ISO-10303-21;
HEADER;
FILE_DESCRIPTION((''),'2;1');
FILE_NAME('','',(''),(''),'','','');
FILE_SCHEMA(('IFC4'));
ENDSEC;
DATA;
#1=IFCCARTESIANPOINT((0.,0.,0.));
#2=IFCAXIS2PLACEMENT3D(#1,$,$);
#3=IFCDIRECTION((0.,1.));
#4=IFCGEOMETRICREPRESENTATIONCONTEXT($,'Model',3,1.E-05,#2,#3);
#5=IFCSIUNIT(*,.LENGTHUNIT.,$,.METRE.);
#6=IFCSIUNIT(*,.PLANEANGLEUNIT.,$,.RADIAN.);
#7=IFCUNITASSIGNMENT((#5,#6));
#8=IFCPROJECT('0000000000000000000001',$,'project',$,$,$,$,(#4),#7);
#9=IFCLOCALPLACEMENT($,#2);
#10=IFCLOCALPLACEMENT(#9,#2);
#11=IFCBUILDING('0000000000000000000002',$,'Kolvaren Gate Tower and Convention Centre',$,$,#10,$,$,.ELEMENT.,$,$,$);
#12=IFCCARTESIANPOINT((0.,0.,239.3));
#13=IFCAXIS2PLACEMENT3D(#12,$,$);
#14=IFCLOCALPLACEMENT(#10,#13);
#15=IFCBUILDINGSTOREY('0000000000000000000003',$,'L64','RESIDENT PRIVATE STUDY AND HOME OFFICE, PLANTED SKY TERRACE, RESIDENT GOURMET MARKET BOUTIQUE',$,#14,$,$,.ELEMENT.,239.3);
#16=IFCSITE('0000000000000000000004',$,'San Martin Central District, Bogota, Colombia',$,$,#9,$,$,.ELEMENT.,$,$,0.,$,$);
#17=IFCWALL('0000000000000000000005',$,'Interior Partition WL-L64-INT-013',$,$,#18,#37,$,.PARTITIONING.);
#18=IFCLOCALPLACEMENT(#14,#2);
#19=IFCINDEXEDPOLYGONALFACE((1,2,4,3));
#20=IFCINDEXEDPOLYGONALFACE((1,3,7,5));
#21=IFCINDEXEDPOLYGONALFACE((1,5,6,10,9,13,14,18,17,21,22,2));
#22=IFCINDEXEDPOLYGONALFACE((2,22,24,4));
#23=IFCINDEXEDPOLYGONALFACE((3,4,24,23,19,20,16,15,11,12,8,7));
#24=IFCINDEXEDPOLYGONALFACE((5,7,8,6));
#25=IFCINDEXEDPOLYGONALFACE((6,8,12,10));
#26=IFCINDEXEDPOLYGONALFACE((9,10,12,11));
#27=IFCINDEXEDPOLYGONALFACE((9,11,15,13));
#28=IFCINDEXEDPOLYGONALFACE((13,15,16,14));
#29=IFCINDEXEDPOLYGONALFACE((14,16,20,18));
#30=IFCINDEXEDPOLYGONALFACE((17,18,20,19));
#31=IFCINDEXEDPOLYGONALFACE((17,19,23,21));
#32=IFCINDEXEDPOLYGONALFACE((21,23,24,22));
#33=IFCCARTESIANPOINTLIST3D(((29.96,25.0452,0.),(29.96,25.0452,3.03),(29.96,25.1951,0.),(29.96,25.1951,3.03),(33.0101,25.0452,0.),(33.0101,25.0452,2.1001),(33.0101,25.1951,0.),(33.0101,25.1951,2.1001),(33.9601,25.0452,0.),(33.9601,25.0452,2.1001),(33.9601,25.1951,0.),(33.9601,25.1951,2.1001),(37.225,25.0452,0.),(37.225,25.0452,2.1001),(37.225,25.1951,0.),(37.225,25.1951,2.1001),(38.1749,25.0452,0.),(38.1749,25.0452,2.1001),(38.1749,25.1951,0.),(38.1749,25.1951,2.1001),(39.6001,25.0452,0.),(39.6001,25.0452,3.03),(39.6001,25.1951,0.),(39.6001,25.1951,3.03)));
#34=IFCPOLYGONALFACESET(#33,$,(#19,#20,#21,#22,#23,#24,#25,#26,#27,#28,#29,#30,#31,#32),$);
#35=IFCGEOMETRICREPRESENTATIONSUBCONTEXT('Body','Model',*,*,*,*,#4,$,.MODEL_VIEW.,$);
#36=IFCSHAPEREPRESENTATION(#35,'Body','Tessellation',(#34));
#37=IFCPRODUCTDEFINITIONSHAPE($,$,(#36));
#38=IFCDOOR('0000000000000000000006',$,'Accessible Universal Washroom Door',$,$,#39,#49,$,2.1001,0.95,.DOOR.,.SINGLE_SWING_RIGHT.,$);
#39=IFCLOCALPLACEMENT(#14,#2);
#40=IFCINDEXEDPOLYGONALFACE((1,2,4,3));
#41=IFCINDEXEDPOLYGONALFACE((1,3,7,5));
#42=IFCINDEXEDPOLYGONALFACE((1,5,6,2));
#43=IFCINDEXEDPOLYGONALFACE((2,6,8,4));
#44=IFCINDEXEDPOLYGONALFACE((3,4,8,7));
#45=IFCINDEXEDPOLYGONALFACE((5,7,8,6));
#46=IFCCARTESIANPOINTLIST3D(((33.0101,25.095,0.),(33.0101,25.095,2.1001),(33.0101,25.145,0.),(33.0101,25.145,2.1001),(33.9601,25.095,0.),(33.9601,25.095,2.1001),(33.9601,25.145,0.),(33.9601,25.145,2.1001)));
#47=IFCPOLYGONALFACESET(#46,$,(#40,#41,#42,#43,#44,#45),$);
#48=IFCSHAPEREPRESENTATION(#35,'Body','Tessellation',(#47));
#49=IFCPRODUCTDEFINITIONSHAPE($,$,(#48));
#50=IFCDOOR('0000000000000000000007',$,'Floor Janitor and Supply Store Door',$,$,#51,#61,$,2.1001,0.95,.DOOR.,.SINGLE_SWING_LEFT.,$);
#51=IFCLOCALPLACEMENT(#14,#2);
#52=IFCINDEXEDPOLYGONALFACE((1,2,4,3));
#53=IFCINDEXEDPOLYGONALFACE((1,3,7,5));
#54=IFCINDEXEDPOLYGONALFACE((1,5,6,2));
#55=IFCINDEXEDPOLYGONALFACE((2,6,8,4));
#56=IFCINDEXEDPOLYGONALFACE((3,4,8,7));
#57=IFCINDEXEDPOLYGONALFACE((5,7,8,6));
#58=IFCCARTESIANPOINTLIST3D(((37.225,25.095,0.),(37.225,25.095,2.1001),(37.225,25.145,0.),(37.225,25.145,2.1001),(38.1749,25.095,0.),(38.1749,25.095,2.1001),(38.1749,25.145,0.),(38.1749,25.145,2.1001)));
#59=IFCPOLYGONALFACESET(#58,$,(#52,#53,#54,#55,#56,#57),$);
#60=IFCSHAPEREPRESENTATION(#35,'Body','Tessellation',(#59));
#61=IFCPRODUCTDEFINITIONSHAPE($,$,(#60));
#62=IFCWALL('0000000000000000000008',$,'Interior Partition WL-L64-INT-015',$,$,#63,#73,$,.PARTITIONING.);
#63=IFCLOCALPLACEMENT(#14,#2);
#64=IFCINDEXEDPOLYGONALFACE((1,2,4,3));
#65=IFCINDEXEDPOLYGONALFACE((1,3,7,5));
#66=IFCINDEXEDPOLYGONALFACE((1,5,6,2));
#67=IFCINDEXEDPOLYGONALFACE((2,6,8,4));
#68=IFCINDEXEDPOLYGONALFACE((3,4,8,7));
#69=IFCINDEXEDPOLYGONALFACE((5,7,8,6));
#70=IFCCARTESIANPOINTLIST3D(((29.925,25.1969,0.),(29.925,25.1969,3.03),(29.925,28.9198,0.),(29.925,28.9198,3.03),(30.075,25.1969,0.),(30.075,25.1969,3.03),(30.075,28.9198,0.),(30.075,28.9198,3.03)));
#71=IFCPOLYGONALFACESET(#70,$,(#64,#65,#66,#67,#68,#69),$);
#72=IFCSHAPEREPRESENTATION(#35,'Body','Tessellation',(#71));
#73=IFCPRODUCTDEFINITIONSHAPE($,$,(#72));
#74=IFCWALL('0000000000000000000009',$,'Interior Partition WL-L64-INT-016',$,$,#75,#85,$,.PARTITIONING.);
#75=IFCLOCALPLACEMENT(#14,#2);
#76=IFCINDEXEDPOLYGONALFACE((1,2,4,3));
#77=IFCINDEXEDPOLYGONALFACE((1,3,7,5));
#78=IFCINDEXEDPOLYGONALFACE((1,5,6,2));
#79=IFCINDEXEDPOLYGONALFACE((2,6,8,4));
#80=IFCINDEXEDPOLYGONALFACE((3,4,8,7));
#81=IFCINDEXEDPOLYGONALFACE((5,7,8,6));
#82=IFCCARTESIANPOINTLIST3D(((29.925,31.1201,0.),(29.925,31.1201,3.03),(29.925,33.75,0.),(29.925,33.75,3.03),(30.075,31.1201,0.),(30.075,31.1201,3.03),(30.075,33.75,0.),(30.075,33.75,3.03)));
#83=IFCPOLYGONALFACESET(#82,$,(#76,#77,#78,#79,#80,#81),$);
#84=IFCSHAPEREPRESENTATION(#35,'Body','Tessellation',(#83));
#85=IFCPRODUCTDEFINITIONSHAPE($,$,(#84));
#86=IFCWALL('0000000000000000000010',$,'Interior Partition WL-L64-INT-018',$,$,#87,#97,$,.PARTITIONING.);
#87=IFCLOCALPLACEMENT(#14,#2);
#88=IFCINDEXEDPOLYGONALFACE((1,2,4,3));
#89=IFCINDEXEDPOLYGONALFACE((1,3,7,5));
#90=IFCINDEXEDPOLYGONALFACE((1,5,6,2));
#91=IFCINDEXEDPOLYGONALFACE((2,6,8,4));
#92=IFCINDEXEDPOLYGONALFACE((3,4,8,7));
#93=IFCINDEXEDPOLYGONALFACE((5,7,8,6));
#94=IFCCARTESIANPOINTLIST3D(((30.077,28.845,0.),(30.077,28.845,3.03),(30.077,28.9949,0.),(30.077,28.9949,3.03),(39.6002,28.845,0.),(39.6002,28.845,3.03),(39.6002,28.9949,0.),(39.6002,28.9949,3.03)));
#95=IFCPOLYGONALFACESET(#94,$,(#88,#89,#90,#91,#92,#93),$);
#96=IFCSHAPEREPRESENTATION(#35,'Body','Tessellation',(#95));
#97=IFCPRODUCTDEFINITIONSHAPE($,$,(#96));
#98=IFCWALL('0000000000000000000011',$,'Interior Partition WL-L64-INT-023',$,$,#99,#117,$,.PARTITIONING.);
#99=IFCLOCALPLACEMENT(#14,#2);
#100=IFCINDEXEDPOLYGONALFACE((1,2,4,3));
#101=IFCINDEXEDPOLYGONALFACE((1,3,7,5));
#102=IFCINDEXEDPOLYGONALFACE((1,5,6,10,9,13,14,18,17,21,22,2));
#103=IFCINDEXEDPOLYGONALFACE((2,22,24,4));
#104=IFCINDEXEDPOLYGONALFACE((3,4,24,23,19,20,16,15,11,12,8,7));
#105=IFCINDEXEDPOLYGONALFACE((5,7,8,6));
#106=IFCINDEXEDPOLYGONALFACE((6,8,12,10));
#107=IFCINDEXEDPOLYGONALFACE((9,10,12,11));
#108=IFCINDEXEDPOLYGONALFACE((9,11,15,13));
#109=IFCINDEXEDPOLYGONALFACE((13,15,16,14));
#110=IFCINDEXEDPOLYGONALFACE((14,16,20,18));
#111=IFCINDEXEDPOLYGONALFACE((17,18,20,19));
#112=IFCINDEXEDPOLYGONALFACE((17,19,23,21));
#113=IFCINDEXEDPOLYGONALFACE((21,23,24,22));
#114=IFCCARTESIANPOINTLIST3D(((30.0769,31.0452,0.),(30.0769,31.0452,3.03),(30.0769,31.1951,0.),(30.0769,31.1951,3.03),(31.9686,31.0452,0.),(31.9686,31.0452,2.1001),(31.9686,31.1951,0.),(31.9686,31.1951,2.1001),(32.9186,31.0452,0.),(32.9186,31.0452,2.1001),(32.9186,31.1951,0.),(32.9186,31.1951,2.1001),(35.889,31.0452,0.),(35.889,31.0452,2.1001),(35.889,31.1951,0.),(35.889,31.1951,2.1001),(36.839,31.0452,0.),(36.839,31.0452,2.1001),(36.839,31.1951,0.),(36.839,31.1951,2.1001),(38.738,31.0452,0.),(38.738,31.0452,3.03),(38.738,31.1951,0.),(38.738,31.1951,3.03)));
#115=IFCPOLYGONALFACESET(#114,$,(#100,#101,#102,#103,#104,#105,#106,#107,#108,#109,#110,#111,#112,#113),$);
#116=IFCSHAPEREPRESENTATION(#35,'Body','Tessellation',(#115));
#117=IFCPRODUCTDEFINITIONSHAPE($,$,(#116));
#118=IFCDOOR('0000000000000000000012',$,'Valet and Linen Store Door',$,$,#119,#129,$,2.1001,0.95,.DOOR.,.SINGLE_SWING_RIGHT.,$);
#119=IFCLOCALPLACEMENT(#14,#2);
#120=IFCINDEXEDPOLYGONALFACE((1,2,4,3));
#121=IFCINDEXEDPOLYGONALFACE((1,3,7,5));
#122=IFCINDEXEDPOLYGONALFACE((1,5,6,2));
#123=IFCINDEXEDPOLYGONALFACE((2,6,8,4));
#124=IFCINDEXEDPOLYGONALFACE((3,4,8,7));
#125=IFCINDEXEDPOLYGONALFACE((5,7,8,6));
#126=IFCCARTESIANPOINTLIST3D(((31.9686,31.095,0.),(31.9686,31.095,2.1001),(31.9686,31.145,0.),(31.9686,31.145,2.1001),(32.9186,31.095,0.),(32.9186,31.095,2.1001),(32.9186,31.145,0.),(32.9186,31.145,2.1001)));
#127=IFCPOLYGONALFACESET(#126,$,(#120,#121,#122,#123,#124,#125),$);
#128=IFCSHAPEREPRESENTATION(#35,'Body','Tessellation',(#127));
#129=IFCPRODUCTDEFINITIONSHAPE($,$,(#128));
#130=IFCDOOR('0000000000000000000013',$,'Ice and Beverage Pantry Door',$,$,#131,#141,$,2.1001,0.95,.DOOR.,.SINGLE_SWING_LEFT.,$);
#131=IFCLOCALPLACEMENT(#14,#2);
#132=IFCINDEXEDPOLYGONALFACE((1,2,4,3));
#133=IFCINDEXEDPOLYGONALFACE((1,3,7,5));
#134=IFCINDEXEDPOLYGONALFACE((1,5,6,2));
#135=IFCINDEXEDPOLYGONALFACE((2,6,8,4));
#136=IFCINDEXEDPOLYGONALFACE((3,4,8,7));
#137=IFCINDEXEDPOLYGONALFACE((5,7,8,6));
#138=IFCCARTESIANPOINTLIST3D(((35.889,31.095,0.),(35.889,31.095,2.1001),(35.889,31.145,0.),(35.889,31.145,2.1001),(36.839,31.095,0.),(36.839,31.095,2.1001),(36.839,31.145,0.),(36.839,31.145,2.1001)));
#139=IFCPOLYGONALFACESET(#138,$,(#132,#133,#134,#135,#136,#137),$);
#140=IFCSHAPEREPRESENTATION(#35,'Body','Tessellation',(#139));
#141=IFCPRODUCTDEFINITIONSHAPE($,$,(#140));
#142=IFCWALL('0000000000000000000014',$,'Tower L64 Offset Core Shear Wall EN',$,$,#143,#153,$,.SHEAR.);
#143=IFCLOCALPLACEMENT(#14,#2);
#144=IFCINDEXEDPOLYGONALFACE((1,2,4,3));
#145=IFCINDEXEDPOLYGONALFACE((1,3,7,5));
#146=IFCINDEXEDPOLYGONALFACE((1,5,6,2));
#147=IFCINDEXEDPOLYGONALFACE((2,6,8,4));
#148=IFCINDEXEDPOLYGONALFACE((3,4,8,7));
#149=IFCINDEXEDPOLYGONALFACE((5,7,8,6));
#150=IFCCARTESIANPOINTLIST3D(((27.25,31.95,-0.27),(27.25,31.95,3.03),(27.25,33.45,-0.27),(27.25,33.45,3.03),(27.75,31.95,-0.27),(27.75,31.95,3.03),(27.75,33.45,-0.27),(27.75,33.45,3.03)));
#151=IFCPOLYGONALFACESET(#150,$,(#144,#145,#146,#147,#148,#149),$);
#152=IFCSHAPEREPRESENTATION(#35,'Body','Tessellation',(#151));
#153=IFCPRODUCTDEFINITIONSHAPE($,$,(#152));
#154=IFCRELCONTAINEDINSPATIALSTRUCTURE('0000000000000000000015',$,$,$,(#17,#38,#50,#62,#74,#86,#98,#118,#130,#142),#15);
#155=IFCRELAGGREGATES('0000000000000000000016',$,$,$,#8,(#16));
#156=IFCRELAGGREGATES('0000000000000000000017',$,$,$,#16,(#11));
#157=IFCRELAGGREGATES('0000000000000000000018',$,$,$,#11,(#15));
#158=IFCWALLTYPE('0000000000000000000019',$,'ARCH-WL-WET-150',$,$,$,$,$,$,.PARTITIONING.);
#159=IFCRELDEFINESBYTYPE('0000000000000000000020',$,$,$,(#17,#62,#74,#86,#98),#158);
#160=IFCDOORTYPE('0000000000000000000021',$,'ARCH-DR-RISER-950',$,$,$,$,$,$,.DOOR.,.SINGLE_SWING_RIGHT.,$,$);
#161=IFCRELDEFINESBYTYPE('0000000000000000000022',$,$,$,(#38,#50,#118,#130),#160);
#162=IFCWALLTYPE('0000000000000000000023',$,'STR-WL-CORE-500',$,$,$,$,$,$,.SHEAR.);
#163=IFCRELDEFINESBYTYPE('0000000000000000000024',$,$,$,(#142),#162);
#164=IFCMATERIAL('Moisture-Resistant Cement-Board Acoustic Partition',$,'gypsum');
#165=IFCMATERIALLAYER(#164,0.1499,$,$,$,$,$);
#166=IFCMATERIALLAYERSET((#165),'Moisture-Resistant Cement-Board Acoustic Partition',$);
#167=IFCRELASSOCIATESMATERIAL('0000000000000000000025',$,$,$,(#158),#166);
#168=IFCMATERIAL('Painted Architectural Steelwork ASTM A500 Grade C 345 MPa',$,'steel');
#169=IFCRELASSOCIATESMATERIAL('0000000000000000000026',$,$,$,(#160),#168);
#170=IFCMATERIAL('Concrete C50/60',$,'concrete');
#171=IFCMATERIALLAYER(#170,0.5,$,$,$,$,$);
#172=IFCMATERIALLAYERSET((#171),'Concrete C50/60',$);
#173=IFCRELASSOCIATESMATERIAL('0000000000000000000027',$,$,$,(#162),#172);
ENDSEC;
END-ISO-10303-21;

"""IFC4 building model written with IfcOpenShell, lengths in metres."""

from ifc_helpers import new_model, si_unit, direction, frame, frame_2d, origin, place, context, subcontext, project, spatial, rectangle, extrude, material, layer, layer_set, type_object, element, fill, save


model = new_model("IFC4")

# Units and contexts
model_context = context("Model", 3, precision=1e-05, world=origin(), true_north=direction((0.0, 1.0)))
body_context = subcontext(model_context, "Body", "Model", "MODEL_VIEW")
ifc_project = project(units=[si_unit("LENGTHUNIT", "METRE"), si_unit("PLANEANGLEUNIT", "RADIAN")], contexts=[model_context])

# Site, building, storey
site_placement = place(None, origin())
site = spatial("IfcSite", under=ifc_project, at=site_placement, Name="San Martin Central District, Bogota, Colombia", CompositionType="ELEMENT", RefElevation=0.0)
building_placement = place(site_placement, origin())
building = spatial("IfcBuilding", under=site, at=building_placement, Name="Kolvaren Gate Tower and Convention Centre", CompositionType="ELEMENT")
storey_placement = place(building_placement, frame((0.0, 0.0, 239.3)))
storey = spatial("IfcBuildingStorey", under=building, at=storey_placement, Name="L64", Description="RESIDENT PRIVATE STUDY AND HOME OFFICE, PLANTED SKY TERRACE, RESIDENT GOURMET MARKET BOUTIQUE", CompositionType="ELEMENT", Elevation=239.3)

# Wall, openings, doors
ifc_material_1 = material(Name="Moisture-Resistant Cement-Board Acoustic Partition", Category="gypsum")
ifc_layer_1 = layer(ifc_material_1, 0.1499)
ifc_layer_set_1 = layer_set([ifc_layer_1], Name="Moisture-Resistant Cement-Board Acoustic Partition")
wall_type_1 = type_object("IfcWallType", Name="ARCH-WL-WET-150", PredefinedType="PARTITIONING", material=ifc_layer_set_1)
wall_1_placement = place(storey_placement, frame((29.96, 25.1201, 0.0), z_axis=(0.0, 0.0, 1.0), x_axis=(1.0, 0.0, 0.0)))
wall_1 = element("IfcWall", 1, at=wall_1_placement, inside=storey, type_object=wall_type_1, Name="Interior Partition WL-L64-INT-013", PredefinedType="PARTITIONING", context=body_context, shape_type="SweptSolid", body=[
    extrude(rectangle(XDim=9.6401, YDim=0.1499, at=frame_2d((4.8201, 0.0))), origin(), (0.0, 0.0, 1.0), 3.03),
])
opening_1_placement = place(wall_1_placement, frame((3.05, 0.0, 0.0)))
opening_1 = element("IfcOpeningElement", 2, at=opening_1_placement, cuts=wall_1, PredefinedType="OPENING", context=body_context, shape_type="SweptSolid", body=[
    extrude(rectangle(XDim=0.95, YDim=2.1001, at=frame_2d((0.4751, 1.05))), frame((0.0, 0.085, 0.0), z_axis=(0.0, -1.0, 0.0), x_axis=(1.0, 0.0, 0.0)), (0.0, 0.0, 1.0), 0.1699),
])
opening_2_placement = place(wall_1_placement, frame((7.2649, 0.0, 0.0)))
opening_2 = element("IfcOpeningElement", 3, at=opening_2_placement, cuts=wall_1, PredefinedType="OPENING", context=body_context, shape_type="SweptSolid", body=[
    extrude(rectangle(XDim=0.95, YDim=2.1001, at=frame_2d((0.4751, 1.05))), frame((0.0, 0.085, 0.0), z_axis=(0.0, -1.0, 0.0), x_axis=(1.0, 0.0, 0.0)), (0.0, 0.0, 1.0), 0.1699),
])
ifc_material_2 = material(Name="Painted Architectural Steelwork ASTM A500 Grade C 345 MPa", Category="steel")
door_type_1 = type_object("IfcDoorType", Name="ARCH-DR-RISER-950", OperationType="SINGLE_SWING_RIGHT", PredefinedType="DOOR", material=ifc_material_2)
door_1_placement = place(opening_1_placement, origin())
door_1 = element("IfcDoor", 4, at=door_1_placement, inside=storey, type_object=door_type_1, Name="Accessible Universal Washroom Door", OperationType="SINGLE_SWING_RIGHT", OverallHeight=2.1001, OverallWidth=0.95, PredefinedType="DOOR", context=body_context, shape_type="SweptSolid", body=[
    extrude(rectangle(XDim=0.95, YDim=2.1001, at=frame_2d((0.4751, 1.05))), frame((0.0, 0.0249, 0.0), z_axis=(0.0, -1.0, 0.0), x_axis=(1.0, 0.0, 0.0)), (0.0, 0.0, 1.0), 0.05),
])
fill(opening_1, door_1)
door_2_placement = place(opening_2_placement, origin())
door_2 = element("IfcDoor", 5, at=door_2_placement, inside=storey, type_object=door_type_1, Name="Floor Janitor and Supply Store Door", OperationType="SINGLE_SWING_LEFT", OverallHeight=2.1001, OverallWidth=0.95, PredefinedType="DOOR", context=body_context, shape_type="SweptSolid", body=[
    extrude(rectangle(XDim=0.95, YDim=2.1001, at=frame_2d((0.4751, 1.05))), frame((0.0, 0.0249, 0.0), z_axis=(0.0, -1.0, 0.0), x_axis=(1.0, 0.0, 0.0)), (0.0, 0.0, 1.0), 0.05),
])
fill(opening_2, door_2)

# Walls
wall_2_placement = place(storey_placement, frame((30.0, 25.197, 0.0), z_axis=(0.0, 0.0, 1.0), x_axis=(0.0, 1.0, 0.0)))
element("IfcWall", 6, at=wall_2_placement, inside=storey, type_object=wall_type_1, Name="Interior Partition WL-L64-INT-015", PredefinedType="PARTITIONING", context=body_context, shape_type="SweptSolid", body=[
    extrude(rectangle(XDim=3.7229, YDim=0.1499, at=frame_2d((1.8613, 0.0))), origin(), (0.0, 0.0, 1.0), 3.03),
])
wall_3_placement = place(storey_placement, frame((30.0, 31.1201, 0.0), z_axis=(0.0, 0.0, 1.0), x_axis=(0.0, 1.0, 0.0)))
element("IfcWall", 7, at=wall_3_placement, inside=storey, type_object=wall_type_1, Name="Interior Partition WL-L64-INT-016", PredefinedType="PARTITIONING", context=body_context, shape_type="SweptSolid", body=[
    extrude(rectangle(XDim=2.6299, YDim=0.1499, at=frame_2d((1.3149, 0.0))), origin(), (0.0, 0.0, 1.0), 3.03),
])
wall_4_placement = place(storey_placement, frame((30.0769, 28.9199, 0.0), z_axis=(0.0, 0.0, 1.0), x_axis=(1.0, 0.0, 0.0)))
element("IfcWall", 8, at=wall_4_placement, inside=storey, type_object=wall_type_1, Name="Interior Partition WL-L64-INT-018", PredefinedType="PARTITIONING", context=body_context, shape_type="SweptSolid", body=[
    extrude(rectangle(XDim=9.5232, YDim=0.1499, at=frame_2d((4.7617, 0.0))), origin(), (0.0, 0.0, 1.0), 3.03),
])

# Wall, openings, doors
wall_5_placement = place(storey_placement, frame((30.0769, 31.1201, 0.0), z_axis=(0.0, 0.0, 1.0), x_axis=(1.0, 0.0, 0.0)))
wall_5 = element("IfcWall", 9, at=wall_5_placement, inside=storey, type_object=wall_type_1, Name="Interior Partition WL-L64-INT-023", PredefinedType="PARTITIONING", context=body_context, shape_type="SweptSolid", body=[
    extrude(rectangle(XDim=8.6611, YDim=0.1499, at=frame_2d((4.3306, 0.0))), origin(), (0.0, 0.0, 1.0), 3.03),
])
opening_3_placement = place(wall_5_placement, frame((1.8916, 0.0, 0.0)))
opening_3 = element("IfcOpeningElement", 10, at=opening_3_placement, cuts=wall_5, PredefinedType="OPENING", context=body_context, shape_type="SweptSolid", body=[
    extrude(rectangle(XDim=0.95, YDim=2.1001, at=frame_2d((0.4751, 1.05))), frame((0.0, 0.085, 0.0), z_axis=(0.0, -1.0, 0.0), x_axis=(1.0, 0.0, 0.0)), (0.0, 0.0, 1.0), 0.1699),
])
opening_4_placement = place(wall_5_placement, frame((5.812, 0.0, 0.0)))
opening_4 = element("IfcOpeningElement", 11, at=opening_4_placement, cuts=wall_5, PredefinedType="OPENING", context=body_context, shape_type="SweptSolid", body=[
    extrude(rectangle(XDim=0.95, YDim=2.1001, at=frame_2d((0.4751, 1.05))), frame((0.0, 0.085, 0.0), z_axis=(0.0, -1.0, 0.0), x_axis=(1.0, 0.0, 0.0)), (0.0, 0.0, 1.0), 0.1699),
])
door_3_placement = place(opening_3_placement, origin())
door_3 = element("IfcDoor", 12, at=door_3_placement, inside=storey, type_object=door_type_1, Name="Valet and Linen Store Door", OperationType="SINGLE_SWING_RIGHT", OverallHeight=2.1001, OverallWidth=0.95, PredefinedType="DOOR", context=body_context, shape_type="SweptSolid", body=[
    extrude(rectangle(XDim=0.95, YDim=2.1001, at=frame_2d((0.4751, 1.05))), frame((0.0, 0.0249, 0.0), z_axis=(0.0, -1.0, 0.0), x_axis=(1.0, 0.0, 0.0)), (0.0, 0.0, 1.0), 0.05),
])
fill(opening_3, door_3)
door_4_placement = place(opening_4_placement, origin())
door_4 = element("IfcDoor", 13, at=door_4_placement, inside=storey, type_object=door_type_1, Name="Ice and Beverage Pantry Door", OperationType="SINGLE_SWING_LEFT", OverallHeight=2.1001, OverallWidth=0.95, PredefinedType="DOOR", context=body_context, shape_type="SweptSolid", body=[
    extrude(rectangle(XDim=0.95, YDim=2.1001, at=frame_2d((0.4751, 1.05))), frame((0.0, 0.0249, 0.0), z_axis=(0.0, -1.0, 0.0), x_axis=(1.0, 0.0, 0.0)), (0.0, 0.0, 1.0), 0.05),
])
fill(opening_4, door_4)

# Wall
ifc_material_3 = material(Name="Concrete C50/60", Category="concrete")
ifc_layer_2 = layer(ifc_material_3, 0.5)
ifc_layer_set_2 = layer_set([ifc_layer_2], Name="Concrete C50/60")
wall_type_2 = type_object("IfcWallType", Name="STR-WL-CORE-500", PredefinedType="SHEAR", material=ifc_layer_set_2)
wall_6_placement = place(storey_placement, frame((27.5, 31.95, -0.27), z_axis=(0.0, 0.0, 1.0), x_axis=(0.0, 1.0, 0.0)))
element("IfcWall", 14, at=wall_6_placement, inside=storey, type_object=wall_type_2, Name="Tower L64 Offset Core Shear Wall EN", PredefinedType="SHEAR", context=body_context, shape_type="SweptSolid", body=[
    extrude(rectangle(XDim=1.5, YDim=0.5, at=frame_2d((0.75, 0.0))), origin(), (0.0, 0.0, 1.0), 3.3),
])

save(model, "model.ifc")
